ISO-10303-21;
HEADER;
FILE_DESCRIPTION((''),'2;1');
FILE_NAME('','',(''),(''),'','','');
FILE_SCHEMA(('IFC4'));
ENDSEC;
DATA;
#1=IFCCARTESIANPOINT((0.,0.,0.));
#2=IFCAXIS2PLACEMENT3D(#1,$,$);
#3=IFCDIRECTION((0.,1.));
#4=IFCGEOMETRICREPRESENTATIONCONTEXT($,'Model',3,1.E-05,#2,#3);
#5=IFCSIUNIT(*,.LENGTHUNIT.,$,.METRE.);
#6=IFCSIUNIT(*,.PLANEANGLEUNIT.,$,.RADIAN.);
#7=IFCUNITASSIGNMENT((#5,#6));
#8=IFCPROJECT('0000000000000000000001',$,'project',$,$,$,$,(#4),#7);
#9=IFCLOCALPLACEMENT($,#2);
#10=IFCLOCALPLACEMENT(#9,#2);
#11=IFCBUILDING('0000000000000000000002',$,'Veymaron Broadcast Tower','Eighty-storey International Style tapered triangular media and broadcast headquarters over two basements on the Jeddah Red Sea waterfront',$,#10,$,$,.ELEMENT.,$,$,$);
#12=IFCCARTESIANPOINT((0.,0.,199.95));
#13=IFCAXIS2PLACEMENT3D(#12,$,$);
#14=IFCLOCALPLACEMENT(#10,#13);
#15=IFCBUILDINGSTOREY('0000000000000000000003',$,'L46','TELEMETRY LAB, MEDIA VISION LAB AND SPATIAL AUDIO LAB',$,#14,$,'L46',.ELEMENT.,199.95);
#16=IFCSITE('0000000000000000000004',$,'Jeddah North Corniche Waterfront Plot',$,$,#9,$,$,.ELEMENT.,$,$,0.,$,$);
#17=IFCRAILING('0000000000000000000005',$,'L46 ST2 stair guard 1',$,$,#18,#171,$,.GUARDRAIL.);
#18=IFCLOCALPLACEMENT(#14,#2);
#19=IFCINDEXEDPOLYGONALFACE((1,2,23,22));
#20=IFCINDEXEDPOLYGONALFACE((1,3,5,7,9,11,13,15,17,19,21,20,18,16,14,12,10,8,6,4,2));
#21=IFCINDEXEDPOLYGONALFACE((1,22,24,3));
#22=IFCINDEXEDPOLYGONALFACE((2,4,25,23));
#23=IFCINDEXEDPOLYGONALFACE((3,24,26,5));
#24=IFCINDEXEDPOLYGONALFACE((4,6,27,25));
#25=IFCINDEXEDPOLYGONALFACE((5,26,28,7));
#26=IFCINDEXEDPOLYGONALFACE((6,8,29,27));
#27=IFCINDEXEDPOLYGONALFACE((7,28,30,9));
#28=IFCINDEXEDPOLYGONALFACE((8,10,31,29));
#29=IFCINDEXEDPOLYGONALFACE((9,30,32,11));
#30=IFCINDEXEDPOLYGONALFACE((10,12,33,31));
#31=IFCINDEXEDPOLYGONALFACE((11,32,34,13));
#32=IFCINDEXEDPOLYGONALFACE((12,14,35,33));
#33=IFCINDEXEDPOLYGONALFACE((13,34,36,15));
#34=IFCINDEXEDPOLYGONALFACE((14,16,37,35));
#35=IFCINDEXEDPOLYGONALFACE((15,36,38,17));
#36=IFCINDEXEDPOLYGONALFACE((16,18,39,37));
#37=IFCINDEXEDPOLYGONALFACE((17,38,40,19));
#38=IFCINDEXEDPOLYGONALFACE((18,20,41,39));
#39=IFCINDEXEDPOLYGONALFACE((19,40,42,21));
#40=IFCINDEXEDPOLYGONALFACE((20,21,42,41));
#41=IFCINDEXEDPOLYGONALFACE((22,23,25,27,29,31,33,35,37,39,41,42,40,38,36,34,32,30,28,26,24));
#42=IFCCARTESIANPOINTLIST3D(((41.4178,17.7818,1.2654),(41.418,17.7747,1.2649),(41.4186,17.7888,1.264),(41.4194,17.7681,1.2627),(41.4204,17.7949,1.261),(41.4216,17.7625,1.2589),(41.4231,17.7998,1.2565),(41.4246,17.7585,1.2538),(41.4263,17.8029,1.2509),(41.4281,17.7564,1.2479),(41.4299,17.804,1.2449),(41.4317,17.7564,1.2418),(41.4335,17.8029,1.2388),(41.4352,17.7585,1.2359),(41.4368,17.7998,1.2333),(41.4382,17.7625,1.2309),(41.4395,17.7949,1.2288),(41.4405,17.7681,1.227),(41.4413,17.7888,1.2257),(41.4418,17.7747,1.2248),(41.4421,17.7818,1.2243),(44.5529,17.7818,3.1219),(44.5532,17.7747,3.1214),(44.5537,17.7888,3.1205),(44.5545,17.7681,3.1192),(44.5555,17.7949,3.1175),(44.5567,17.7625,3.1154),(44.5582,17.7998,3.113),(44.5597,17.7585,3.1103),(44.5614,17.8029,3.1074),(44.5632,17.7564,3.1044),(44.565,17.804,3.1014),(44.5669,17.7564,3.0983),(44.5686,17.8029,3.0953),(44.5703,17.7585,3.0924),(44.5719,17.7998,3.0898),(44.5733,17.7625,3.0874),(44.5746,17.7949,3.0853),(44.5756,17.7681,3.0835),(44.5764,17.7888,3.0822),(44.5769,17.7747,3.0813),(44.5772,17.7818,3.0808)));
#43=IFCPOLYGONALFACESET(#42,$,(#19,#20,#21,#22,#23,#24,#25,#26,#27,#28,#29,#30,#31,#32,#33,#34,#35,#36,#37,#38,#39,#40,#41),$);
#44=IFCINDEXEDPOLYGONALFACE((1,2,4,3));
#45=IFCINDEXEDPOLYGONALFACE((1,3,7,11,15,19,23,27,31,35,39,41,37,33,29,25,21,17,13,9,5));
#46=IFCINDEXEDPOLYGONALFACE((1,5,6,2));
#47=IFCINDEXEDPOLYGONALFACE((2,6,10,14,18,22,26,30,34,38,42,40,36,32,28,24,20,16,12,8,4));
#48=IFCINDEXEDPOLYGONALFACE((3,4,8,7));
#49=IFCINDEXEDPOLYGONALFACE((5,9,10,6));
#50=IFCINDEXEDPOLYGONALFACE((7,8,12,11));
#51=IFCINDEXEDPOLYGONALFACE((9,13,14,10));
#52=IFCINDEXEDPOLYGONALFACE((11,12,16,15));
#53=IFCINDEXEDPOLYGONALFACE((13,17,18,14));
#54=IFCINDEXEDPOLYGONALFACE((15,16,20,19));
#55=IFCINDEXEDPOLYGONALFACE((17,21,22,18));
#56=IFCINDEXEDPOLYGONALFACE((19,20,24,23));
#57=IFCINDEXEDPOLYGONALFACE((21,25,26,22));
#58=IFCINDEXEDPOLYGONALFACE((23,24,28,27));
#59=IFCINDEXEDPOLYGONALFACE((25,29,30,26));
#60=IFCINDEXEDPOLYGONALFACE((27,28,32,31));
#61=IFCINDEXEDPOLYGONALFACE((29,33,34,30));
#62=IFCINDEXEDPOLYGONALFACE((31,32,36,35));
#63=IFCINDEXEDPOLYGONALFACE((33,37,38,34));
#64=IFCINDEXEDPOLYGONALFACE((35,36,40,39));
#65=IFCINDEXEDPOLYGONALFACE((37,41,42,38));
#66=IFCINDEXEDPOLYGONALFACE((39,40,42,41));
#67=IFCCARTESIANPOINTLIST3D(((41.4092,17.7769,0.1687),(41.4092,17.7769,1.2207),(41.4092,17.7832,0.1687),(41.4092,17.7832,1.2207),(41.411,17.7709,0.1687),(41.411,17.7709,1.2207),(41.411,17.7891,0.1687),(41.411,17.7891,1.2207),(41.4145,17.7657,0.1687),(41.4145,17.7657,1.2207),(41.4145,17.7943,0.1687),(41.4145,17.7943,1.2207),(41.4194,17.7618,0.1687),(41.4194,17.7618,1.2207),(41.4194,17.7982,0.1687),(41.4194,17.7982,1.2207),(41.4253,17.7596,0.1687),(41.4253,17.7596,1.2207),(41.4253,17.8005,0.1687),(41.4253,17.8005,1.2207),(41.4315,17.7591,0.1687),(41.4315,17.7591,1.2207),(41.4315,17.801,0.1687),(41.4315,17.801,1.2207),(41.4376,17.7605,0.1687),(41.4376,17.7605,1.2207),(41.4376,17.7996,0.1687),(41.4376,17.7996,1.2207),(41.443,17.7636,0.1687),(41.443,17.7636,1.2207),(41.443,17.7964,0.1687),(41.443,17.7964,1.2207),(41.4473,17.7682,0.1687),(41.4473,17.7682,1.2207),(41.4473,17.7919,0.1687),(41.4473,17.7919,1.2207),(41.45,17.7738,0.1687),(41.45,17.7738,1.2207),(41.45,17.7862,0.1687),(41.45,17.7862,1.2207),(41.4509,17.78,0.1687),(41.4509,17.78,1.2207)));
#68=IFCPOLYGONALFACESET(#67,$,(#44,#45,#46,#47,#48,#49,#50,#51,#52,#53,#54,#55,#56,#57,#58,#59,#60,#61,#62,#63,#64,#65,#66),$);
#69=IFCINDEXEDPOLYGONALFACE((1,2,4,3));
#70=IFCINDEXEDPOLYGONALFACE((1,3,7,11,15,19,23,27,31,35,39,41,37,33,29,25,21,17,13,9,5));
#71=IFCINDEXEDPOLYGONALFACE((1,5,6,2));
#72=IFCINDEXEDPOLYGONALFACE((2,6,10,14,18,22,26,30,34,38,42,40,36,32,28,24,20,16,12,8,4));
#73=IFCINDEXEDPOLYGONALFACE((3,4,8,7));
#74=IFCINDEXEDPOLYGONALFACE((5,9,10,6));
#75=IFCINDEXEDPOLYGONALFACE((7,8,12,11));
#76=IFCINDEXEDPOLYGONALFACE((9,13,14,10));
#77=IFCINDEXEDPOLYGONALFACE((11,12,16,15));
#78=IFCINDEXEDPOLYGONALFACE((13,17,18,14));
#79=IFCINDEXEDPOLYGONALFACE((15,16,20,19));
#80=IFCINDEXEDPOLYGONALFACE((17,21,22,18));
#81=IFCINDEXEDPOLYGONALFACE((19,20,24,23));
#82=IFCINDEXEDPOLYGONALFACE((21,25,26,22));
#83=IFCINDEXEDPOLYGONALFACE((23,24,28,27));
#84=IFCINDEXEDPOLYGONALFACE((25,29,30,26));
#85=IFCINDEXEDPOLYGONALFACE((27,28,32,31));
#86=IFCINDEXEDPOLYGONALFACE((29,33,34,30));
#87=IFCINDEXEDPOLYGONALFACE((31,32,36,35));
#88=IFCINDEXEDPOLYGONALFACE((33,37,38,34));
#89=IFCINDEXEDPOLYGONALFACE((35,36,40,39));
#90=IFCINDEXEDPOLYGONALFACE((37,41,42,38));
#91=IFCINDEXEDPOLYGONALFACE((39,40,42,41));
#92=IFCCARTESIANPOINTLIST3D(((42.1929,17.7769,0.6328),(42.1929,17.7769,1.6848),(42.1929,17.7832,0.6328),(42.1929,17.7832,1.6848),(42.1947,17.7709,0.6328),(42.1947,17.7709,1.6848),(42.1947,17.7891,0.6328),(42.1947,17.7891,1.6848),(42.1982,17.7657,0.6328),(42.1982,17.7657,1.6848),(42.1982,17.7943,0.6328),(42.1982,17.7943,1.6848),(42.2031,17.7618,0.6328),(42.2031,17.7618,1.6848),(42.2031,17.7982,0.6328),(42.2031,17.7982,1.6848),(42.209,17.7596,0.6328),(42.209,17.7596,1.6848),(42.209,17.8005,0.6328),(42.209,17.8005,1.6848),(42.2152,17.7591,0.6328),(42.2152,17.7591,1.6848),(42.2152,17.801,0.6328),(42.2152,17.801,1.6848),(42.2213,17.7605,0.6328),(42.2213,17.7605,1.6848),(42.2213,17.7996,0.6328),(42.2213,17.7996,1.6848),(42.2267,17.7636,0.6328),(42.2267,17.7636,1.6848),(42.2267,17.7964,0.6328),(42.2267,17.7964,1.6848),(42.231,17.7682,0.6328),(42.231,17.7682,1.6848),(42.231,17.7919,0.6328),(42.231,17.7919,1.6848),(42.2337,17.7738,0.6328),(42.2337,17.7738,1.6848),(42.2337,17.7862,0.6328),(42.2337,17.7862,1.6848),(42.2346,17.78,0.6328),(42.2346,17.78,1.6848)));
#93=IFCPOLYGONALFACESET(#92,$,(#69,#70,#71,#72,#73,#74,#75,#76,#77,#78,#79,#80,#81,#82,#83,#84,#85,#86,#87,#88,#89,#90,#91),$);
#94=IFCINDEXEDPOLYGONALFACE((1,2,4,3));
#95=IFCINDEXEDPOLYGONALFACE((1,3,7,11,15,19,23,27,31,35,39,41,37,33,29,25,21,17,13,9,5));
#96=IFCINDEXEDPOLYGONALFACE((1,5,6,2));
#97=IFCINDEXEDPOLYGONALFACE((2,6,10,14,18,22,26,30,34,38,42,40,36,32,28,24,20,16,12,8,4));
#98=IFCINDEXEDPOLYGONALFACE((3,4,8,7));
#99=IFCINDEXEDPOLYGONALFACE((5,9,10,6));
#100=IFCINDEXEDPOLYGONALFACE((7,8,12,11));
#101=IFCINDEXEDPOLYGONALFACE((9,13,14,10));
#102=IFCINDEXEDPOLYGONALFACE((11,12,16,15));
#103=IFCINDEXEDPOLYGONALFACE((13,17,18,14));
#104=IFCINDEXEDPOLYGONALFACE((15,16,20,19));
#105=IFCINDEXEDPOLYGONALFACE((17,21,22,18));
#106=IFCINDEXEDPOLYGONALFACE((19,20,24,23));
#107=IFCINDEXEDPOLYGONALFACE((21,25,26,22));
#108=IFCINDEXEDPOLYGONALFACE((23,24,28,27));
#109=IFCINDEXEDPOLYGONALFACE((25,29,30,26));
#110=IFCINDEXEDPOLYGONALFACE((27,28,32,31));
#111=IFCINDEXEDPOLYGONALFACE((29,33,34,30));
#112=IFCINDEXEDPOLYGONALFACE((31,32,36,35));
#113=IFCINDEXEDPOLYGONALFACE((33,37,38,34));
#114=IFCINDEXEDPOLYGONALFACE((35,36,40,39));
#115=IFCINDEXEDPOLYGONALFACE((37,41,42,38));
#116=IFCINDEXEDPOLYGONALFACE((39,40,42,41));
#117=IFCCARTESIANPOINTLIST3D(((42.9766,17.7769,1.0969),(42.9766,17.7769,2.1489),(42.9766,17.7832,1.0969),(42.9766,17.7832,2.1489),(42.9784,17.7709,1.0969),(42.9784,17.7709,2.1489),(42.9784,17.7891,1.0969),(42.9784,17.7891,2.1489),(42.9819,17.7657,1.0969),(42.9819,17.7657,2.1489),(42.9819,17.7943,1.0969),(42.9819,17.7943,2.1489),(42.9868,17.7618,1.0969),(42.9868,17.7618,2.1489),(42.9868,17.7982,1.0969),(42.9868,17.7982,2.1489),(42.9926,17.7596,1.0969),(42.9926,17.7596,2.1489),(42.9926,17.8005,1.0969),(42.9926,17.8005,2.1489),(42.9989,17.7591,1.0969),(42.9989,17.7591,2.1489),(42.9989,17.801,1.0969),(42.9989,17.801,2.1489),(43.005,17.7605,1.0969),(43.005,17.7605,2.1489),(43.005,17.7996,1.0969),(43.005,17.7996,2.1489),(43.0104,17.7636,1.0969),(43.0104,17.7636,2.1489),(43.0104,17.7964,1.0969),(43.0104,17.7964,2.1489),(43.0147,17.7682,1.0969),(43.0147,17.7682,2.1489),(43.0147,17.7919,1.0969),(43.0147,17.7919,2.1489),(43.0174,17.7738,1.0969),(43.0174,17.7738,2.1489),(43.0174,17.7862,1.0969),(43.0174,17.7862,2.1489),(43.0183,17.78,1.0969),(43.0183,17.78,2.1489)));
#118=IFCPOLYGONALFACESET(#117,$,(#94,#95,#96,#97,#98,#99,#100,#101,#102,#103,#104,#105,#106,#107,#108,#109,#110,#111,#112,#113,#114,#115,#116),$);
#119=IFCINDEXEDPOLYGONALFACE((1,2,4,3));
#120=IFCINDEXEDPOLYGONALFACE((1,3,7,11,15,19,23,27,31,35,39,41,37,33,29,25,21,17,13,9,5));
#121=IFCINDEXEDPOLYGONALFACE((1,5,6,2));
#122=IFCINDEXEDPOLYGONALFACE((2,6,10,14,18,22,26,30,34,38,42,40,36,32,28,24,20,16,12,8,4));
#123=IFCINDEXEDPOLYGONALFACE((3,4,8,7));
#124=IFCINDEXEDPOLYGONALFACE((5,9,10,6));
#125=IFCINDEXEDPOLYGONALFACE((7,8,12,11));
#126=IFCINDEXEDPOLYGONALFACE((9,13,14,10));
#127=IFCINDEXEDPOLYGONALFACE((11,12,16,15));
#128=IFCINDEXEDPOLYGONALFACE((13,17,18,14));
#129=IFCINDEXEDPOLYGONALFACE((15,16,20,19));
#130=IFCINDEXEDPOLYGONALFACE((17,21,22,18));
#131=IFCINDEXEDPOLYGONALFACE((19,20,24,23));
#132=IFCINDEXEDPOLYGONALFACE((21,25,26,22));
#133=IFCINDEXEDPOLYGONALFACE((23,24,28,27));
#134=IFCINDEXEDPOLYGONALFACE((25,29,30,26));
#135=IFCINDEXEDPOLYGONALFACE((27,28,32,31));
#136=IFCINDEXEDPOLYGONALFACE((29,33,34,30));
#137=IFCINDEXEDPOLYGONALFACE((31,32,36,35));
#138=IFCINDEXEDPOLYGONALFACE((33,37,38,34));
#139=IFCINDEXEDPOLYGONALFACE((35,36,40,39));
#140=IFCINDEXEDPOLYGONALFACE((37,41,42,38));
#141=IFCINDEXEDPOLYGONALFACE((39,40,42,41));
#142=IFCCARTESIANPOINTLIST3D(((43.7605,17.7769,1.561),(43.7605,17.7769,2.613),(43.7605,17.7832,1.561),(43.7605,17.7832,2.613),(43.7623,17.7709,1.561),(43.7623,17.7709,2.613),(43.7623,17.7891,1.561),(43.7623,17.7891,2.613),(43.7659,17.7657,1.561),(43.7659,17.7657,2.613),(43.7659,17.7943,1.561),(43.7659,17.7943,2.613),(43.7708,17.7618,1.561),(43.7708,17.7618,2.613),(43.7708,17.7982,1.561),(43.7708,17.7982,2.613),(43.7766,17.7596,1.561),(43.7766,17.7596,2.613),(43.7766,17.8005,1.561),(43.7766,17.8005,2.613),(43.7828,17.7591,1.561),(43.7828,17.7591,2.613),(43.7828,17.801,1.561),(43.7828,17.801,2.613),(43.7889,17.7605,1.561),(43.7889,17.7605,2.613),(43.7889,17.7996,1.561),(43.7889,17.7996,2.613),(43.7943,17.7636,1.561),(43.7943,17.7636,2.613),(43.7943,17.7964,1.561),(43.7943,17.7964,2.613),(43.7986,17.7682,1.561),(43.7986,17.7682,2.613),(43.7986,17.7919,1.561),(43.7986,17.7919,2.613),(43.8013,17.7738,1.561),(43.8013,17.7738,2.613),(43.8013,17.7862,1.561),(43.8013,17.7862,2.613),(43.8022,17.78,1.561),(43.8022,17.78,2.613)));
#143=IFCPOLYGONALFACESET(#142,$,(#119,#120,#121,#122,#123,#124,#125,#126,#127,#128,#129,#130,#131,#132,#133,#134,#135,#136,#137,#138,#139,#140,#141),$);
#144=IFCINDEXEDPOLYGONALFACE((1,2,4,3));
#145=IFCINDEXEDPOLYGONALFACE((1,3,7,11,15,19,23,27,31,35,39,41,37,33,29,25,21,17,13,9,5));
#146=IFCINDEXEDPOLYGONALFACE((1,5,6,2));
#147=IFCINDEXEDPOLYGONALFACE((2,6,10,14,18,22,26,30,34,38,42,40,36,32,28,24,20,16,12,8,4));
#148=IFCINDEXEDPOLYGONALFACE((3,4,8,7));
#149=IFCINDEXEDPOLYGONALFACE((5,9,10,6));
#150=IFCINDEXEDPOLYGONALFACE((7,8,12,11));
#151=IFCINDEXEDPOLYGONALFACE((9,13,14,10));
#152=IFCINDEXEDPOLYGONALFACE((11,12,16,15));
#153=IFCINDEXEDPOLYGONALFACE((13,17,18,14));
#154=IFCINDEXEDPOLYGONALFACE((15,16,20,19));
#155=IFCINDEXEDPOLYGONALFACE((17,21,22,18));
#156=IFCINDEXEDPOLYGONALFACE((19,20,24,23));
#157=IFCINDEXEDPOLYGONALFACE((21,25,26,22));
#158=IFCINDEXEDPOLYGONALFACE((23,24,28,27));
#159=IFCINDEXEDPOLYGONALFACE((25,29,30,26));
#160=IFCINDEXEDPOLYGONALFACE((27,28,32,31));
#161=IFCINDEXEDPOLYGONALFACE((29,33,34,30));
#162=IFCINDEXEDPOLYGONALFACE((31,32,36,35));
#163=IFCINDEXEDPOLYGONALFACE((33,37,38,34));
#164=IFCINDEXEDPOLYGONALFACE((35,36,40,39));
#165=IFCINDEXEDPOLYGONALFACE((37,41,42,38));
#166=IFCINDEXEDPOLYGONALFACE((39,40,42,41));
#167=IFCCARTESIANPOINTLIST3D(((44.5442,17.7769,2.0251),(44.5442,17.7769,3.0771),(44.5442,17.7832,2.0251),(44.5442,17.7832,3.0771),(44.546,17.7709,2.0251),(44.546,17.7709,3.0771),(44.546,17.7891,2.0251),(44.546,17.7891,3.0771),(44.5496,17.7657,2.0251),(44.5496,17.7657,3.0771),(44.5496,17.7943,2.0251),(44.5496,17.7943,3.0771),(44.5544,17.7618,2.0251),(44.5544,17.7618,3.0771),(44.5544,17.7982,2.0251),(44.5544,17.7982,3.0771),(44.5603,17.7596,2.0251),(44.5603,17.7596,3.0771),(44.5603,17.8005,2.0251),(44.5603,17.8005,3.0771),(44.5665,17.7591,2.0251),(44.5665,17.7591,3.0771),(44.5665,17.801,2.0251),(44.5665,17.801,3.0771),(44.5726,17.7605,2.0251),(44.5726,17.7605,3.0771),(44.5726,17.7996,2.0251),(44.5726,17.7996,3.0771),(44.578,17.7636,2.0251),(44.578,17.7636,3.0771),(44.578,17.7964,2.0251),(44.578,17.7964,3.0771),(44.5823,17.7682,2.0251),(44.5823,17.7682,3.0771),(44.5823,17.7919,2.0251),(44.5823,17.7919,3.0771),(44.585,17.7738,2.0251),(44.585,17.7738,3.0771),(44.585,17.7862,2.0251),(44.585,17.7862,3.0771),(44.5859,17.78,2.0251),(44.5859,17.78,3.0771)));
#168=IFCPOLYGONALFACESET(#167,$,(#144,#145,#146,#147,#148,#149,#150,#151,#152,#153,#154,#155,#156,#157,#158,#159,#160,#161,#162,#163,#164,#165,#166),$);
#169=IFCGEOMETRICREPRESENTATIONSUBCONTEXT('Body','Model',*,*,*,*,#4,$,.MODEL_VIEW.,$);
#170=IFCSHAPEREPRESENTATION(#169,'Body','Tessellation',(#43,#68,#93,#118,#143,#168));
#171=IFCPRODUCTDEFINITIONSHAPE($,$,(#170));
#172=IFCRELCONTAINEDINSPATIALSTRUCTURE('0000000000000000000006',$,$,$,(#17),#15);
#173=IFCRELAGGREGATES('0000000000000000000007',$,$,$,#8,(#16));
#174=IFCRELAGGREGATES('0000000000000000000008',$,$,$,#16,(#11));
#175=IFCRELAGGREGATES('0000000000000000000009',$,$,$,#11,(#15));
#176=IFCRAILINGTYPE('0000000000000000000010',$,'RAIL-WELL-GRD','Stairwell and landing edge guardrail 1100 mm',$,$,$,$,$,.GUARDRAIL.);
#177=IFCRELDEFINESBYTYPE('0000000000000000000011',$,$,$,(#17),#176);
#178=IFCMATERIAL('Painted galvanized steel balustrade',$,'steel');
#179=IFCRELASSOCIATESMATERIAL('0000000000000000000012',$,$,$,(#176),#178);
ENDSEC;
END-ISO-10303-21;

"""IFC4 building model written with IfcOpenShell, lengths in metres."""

from ifc_helpers import new_model, si_unit, direction, frame, origin, origin_2d, place, context, subcontext, project, spatial, circle, extrude, material, type_object, element, save


model = new_model("IFC4")

# Units and contexts
model_context = context("Model", 3, precision=1e-05, world=origin(), true_north=direction((0.0, 1.0)))
body_context = subcontext(model_context, "Body", "Model", "MODEL_VIEW")
ifc_project = project(units=[si_unit("LENGTHUNIT", "METRE"), si_unit("PLANEANGLEUNIT", "RADIAN")], contexts=[model_context])

# Site, building, storey
site_placement = place(None, origin())
site = spatial("IfcSite", under=ifc_project, at=site_placement, Name="Jeddah North Corniche Waterfront Plot", CompositionType="ELEMENT", RefElevation=0.0)
building_placement = place(site_placement, origin())
building = spatial("IfcBuilding", under=site, at=building_placement, Name="Veymaron Broadcast Tower", Description="Eighty-storey International Style tapered triangular media and broadcast headquarters over two basements on the Jeddah Red Sea waterfront", CompositionType="ELEMENT")
storey_placement = place(building_placement, frame((0.0, 0.0, 199.95)))
storey = spatial("IfcBuildingStorey", under=building, at=storey_placement, Name="L46", Description="TELEMETRY LAB, MEDIA VISION LAB AND SPATIAL AUDIO LAB", LongName="L46", CompositionType="ELEMENT", Elevation=199.95)

# Railing
ifc_material_1 = material(Name="Painted galvanized steel balustrade", Category="steel")
railing_type_1 = type_object("IfcRailingType", Name="RAIL-WELL-GRD", Description="Stairwell and landing edge guardrail 1100 mm", PredefinedType="GUARDRAIL", material=ifc_material_1)
railing_1_placement = place(storey_placement, frame((41.4299, 17.78, 0.1687)))
element("IfcRailing", 1, at=railing_1_placement, inside=storey, type_object=railing_type_1, Name="L46 ST2 stair guard 1", PredefinedType="GUARDRAIL", context=body_context, shape_type="SweptSolid", body=[
    extrude(circle(Radius=0.0239, at=origin_2d()), frame((0.0, 0.0, 1.0762), z_axis=(0.860453, 0.0, 0.509531), x_axis=(0.0, 1.0, 0.0)), (0.0, 0.0, 1.0), 3.6436),
    extrude(circle(Radius=0.021, at=origin_2d()), origin(), (0.0, 0.0, 1.0), 1.052),
    extrude(circle(Radius=0.021, at=origin_2d()), frame((0.7837, 0.0, 0.4641)), (0.0, 0.0, 1.0), 1.052),
    extrude(circle(Radius=0.021, at=origin_2d()), frame((1.5674, 0.0, 0.9282)), (0.0, 0.0, 1.0), 1.052),
    extrude(circle(Radius=0.021, at=origin_2d()), frame((2.3513, 0.0, 1.3923)), (0.0, 0.0, 1.0), 1.052),
    extrude(circle(Radius=0.021, at=origin_2d()), frame((3.135, 0.0, 1.8564)), (0.0, 0.0, 1.0), 1.052),
])

save(model, "model.ifc")
